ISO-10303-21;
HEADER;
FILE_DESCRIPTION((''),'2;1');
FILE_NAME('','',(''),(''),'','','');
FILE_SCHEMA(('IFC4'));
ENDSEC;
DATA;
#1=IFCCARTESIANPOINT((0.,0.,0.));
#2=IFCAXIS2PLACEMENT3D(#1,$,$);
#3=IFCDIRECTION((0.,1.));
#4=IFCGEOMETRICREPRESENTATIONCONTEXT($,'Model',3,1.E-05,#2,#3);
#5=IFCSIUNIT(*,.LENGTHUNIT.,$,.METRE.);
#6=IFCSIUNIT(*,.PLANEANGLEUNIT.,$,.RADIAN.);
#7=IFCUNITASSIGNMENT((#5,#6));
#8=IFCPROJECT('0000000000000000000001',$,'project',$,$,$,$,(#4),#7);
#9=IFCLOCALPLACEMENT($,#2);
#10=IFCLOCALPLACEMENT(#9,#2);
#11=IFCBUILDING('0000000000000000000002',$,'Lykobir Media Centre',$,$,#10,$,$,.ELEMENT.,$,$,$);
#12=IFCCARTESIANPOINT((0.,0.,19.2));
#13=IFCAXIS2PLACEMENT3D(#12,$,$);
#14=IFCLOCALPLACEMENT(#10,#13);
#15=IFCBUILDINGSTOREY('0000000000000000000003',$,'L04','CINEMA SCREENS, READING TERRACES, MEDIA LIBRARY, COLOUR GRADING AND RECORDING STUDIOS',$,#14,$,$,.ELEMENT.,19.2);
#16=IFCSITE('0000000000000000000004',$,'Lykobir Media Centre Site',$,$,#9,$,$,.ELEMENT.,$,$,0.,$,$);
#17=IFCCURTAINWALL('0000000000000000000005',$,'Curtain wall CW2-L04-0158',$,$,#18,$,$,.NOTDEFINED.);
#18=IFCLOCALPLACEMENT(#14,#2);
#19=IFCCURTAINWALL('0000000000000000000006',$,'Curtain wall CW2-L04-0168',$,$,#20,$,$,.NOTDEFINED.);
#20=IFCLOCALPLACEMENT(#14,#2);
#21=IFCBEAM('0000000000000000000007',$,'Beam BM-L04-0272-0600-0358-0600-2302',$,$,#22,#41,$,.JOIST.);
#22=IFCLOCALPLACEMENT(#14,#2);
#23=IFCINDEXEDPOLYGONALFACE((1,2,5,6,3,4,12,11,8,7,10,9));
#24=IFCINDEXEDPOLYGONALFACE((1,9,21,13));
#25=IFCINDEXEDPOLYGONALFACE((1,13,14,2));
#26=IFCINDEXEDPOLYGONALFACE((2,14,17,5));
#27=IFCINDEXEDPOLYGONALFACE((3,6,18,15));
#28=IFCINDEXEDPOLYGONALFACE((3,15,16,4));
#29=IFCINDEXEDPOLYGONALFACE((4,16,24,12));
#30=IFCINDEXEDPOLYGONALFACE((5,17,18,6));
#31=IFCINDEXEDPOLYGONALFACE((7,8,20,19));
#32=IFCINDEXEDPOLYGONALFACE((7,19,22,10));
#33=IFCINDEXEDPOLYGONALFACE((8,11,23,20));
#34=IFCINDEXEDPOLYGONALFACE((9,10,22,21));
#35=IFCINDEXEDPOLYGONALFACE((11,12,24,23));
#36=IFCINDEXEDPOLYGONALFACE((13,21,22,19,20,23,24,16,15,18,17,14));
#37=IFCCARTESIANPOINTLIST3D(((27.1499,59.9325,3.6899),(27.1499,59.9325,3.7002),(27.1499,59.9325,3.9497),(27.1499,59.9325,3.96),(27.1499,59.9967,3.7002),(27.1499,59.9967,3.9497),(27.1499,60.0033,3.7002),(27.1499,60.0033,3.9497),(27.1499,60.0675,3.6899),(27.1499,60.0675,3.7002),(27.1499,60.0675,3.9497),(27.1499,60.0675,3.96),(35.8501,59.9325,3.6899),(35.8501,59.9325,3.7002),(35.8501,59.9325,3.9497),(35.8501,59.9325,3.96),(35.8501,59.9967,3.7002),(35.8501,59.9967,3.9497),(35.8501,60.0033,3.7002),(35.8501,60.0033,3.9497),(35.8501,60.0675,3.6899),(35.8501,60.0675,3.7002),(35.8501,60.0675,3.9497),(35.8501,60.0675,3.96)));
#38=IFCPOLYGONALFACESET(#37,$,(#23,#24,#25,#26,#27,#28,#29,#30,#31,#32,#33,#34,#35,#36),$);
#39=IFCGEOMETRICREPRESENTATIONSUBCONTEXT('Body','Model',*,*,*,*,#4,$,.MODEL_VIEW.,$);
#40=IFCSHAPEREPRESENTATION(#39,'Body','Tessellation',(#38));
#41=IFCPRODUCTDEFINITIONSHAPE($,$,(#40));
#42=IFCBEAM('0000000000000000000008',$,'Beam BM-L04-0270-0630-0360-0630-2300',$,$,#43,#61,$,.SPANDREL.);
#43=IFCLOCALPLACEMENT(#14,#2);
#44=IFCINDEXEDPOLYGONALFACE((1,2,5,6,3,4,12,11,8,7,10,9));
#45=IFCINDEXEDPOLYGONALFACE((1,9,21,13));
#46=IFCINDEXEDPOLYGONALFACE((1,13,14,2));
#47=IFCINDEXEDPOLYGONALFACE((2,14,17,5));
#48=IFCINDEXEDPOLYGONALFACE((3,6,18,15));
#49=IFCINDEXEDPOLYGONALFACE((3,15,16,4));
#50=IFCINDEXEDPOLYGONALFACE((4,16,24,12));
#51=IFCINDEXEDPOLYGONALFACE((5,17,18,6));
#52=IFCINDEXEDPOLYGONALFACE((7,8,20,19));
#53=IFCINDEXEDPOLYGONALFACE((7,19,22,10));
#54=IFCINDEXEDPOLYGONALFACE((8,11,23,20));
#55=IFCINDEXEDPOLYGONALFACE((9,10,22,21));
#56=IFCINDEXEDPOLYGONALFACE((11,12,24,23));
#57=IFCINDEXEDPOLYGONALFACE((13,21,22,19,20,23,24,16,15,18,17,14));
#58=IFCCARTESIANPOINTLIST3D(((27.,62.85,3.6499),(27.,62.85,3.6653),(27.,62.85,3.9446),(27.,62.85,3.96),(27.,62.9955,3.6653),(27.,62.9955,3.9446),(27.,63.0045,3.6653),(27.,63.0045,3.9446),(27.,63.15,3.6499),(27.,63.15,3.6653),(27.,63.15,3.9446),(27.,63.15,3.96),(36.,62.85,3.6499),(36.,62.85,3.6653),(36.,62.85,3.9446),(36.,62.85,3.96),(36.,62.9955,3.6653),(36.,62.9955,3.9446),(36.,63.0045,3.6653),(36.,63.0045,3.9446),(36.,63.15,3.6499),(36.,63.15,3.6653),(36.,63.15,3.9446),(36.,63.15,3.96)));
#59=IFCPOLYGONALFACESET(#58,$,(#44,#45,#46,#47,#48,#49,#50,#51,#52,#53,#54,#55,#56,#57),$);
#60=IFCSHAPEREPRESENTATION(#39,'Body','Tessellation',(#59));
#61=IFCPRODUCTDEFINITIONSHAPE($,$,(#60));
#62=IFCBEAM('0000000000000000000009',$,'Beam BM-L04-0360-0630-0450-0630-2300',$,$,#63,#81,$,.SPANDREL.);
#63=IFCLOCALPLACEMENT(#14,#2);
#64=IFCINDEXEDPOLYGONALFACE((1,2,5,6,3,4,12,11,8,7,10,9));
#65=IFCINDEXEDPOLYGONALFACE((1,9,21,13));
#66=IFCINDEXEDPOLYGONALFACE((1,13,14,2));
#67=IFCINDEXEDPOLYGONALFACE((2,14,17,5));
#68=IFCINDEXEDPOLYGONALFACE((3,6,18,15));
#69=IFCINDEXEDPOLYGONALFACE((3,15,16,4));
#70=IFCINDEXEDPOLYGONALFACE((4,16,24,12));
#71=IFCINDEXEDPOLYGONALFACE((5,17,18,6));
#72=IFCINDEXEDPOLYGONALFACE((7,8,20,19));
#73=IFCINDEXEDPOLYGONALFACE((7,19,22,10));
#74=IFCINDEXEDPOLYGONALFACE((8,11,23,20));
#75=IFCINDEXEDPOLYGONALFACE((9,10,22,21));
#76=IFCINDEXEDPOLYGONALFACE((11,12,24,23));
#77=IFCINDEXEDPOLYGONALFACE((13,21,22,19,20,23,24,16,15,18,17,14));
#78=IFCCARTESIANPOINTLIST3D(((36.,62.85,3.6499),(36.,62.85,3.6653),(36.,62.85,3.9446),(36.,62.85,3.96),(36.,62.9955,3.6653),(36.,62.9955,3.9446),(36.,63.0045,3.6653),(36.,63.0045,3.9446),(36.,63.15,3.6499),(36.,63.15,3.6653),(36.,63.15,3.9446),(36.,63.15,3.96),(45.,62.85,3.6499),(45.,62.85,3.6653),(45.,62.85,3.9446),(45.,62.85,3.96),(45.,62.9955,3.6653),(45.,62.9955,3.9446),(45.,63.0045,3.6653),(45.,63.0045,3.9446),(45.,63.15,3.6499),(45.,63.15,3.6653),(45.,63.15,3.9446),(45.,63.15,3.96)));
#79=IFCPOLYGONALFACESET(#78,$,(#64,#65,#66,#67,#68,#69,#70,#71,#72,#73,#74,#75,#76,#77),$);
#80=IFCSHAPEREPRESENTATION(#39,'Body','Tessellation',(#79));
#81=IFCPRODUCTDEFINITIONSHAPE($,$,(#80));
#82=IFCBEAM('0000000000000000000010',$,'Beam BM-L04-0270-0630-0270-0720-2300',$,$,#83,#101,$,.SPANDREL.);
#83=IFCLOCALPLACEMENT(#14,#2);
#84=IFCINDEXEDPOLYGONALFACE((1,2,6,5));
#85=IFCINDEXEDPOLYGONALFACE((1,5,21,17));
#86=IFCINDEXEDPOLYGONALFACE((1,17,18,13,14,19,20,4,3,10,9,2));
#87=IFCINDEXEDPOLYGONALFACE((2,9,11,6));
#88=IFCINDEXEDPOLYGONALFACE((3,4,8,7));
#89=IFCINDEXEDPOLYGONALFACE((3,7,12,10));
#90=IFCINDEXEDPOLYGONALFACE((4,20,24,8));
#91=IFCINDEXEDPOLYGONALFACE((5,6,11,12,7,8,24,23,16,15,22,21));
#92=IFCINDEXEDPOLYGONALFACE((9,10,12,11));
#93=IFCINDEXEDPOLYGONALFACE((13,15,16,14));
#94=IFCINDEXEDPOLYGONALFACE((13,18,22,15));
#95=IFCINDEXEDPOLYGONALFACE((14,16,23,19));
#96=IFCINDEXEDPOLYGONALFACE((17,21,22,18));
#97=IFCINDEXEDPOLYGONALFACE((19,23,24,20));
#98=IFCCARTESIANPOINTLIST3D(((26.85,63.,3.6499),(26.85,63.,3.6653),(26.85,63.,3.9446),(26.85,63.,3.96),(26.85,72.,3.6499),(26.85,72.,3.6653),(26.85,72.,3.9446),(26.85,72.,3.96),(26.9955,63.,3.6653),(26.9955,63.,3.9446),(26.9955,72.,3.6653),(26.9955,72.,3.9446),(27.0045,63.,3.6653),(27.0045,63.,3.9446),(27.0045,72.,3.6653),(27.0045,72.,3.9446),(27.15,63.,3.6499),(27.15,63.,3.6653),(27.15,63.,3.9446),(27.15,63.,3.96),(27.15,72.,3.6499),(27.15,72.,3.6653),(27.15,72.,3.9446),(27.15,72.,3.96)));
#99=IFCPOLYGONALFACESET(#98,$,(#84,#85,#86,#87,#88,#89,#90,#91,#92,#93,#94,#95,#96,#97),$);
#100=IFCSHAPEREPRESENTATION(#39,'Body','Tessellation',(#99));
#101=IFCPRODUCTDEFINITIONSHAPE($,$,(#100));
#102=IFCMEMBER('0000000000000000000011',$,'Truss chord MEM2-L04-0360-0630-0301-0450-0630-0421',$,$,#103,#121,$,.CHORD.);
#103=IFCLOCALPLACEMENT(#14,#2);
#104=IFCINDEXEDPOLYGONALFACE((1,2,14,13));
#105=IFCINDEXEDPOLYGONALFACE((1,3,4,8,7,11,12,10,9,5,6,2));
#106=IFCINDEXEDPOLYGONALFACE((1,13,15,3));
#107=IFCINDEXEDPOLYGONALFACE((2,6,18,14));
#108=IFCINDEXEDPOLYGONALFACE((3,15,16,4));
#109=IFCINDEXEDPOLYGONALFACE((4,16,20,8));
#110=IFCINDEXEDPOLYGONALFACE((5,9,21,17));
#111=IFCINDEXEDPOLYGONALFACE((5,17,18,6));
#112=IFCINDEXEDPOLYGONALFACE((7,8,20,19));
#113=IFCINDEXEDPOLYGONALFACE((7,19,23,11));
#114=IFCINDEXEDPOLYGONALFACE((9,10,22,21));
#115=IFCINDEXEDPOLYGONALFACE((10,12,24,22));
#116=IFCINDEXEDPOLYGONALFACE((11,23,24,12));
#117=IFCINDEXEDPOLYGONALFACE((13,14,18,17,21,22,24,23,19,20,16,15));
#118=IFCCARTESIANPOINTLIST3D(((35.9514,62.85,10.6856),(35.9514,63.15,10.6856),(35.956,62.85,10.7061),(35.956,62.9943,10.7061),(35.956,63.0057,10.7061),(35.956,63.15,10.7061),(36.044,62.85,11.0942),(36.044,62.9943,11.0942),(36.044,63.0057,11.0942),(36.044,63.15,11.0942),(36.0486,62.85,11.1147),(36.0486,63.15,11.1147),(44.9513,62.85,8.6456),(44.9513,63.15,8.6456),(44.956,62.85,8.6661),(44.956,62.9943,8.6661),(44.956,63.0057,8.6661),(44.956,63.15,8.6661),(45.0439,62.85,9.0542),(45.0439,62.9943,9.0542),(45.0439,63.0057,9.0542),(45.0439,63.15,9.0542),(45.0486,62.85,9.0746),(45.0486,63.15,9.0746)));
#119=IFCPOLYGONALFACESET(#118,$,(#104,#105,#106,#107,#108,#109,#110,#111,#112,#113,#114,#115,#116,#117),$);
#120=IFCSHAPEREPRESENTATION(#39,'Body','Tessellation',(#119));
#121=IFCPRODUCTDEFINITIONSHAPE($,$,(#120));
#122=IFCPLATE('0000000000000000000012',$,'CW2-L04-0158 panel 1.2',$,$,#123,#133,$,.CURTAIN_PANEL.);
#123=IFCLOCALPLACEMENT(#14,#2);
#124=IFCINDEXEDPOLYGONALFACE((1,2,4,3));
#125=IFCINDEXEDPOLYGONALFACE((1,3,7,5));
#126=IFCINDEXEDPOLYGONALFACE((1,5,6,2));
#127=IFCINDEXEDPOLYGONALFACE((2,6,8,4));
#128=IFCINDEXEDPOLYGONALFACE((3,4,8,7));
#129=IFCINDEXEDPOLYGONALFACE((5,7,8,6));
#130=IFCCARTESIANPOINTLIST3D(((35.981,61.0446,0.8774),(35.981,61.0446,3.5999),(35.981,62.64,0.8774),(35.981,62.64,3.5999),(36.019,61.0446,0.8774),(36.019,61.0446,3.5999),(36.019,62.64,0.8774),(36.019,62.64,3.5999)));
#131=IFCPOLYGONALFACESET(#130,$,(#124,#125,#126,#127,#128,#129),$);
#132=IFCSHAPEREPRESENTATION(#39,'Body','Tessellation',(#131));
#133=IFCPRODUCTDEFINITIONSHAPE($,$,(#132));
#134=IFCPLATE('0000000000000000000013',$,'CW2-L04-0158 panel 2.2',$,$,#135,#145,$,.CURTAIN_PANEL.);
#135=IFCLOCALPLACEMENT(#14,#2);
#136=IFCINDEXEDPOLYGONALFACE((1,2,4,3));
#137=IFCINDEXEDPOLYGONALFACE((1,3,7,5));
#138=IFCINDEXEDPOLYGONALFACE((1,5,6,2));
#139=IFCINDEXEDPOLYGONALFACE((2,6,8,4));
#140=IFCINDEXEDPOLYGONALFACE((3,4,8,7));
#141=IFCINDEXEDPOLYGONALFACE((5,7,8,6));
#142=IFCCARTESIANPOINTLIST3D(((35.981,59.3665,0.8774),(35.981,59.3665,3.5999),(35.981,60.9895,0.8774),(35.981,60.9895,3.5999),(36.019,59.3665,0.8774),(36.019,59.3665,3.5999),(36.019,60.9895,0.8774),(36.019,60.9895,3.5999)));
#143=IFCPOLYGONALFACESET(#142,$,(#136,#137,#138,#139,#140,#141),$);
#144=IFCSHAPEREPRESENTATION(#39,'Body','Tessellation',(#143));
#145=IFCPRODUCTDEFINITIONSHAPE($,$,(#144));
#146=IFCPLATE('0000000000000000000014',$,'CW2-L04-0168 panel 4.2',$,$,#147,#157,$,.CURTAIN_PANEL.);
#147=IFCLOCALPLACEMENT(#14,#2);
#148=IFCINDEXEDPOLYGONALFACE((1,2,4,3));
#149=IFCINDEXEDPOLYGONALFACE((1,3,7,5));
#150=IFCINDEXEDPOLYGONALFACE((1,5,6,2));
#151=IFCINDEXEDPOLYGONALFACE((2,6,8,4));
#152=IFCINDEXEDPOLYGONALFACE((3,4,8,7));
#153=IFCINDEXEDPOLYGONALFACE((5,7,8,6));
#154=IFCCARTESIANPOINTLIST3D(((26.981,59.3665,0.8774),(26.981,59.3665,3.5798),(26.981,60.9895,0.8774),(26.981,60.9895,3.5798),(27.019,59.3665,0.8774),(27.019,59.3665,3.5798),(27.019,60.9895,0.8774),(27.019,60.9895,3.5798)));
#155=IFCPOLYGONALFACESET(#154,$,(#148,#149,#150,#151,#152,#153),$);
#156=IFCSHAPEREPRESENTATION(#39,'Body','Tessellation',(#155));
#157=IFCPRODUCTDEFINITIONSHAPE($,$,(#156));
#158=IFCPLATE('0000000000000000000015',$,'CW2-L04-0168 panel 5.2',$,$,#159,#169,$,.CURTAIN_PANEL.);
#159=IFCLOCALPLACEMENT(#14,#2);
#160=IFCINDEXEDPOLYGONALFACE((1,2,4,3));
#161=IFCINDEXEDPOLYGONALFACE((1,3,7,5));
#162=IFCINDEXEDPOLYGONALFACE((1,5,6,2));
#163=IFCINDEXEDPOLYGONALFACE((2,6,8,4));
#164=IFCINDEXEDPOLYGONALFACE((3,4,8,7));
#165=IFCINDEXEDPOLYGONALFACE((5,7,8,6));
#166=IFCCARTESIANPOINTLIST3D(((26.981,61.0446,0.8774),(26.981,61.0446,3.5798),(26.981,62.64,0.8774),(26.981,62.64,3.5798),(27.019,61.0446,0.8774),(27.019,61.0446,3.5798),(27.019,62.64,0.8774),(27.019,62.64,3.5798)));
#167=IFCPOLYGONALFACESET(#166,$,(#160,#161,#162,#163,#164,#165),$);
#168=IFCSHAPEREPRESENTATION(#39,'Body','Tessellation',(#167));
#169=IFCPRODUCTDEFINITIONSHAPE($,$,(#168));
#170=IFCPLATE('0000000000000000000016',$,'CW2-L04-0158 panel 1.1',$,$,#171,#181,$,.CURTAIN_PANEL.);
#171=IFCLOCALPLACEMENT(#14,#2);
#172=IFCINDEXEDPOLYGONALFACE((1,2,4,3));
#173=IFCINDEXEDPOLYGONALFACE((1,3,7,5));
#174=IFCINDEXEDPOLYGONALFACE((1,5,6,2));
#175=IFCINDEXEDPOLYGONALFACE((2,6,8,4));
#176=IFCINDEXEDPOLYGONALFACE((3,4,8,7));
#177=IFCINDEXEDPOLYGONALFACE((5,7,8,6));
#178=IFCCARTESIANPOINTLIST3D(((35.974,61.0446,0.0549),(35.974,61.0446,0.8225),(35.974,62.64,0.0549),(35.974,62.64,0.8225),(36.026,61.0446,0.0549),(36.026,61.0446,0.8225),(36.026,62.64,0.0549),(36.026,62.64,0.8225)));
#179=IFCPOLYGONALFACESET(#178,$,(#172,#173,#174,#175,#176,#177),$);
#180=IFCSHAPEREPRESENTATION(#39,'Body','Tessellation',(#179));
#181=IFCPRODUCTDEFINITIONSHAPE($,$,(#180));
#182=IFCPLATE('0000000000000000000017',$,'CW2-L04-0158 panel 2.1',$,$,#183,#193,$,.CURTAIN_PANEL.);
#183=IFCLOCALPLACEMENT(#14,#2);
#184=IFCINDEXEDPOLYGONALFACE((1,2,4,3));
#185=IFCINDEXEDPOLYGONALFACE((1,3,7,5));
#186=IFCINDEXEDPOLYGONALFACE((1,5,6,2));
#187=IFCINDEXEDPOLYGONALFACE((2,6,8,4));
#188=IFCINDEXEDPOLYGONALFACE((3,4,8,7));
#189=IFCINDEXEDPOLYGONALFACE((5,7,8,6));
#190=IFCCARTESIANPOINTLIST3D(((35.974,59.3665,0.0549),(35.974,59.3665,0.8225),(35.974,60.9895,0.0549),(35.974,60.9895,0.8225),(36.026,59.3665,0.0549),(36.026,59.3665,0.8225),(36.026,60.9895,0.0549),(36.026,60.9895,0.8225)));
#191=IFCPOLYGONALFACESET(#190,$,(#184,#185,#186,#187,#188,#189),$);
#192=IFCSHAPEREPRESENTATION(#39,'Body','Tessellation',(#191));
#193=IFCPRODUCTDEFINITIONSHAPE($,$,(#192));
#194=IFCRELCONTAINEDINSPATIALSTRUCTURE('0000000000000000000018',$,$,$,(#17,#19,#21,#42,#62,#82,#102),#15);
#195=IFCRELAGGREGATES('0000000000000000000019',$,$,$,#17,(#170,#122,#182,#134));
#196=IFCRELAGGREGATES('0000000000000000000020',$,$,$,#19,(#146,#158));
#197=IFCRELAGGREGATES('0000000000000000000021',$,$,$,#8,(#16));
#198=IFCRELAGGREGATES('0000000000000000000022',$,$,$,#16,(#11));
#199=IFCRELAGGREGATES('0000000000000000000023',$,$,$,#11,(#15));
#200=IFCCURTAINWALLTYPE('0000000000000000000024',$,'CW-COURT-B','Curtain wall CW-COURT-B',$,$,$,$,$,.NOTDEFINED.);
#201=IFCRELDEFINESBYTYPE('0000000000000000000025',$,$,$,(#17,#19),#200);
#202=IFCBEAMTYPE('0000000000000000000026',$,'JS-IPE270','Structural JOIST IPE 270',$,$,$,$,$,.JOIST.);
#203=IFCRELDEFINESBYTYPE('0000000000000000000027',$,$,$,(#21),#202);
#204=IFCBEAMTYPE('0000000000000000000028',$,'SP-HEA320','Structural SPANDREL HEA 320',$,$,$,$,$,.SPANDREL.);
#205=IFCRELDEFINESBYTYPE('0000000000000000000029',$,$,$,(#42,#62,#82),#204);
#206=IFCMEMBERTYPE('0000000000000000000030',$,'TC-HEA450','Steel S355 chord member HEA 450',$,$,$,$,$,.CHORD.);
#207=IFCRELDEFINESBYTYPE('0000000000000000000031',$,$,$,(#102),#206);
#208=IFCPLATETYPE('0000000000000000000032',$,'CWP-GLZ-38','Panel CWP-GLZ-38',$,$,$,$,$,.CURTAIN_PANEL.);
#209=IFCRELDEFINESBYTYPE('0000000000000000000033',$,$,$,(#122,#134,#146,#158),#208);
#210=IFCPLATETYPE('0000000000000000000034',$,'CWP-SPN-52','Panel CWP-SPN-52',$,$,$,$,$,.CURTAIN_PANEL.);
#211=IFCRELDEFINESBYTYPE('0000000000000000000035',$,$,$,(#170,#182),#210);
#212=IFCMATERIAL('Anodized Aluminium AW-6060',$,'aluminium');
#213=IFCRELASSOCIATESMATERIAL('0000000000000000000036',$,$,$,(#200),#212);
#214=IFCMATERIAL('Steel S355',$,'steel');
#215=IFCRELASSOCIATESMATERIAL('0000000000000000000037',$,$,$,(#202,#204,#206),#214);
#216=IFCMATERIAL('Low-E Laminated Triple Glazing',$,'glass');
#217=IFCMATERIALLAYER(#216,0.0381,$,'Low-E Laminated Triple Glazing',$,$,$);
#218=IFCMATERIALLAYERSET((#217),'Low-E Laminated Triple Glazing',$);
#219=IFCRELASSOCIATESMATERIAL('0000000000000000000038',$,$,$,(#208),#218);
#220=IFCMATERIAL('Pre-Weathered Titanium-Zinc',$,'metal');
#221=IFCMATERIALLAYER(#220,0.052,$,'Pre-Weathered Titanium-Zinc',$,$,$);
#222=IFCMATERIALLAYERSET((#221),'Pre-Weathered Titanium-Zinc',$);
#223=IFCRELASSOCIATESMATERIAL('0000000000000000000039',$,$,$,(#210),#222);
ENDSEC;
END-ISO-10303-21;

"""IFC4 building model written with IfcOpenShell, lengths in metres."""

from ifc_helpers import new_model, si_unit, direction, frame, origin, origin_2d, place, context, subcontext, project, spatial, rectangle, i_section, extrude, material, layer, layer_set, material_profile, profile_set, type_object, element, aggregate, save


model = new_model("IFC4")

# Units and contexts
model_context = context("Model", 3, precision=1e-05, world=origin(), true_north=direction((0.0, 1.0)))
body_context = subcontext(model_context, "Body", "Model", "MODEL_VIEW")
ifc_project = project(units=[si_unit("LENGTHUNIT", "METRE"), si_unit("PLANEANGLEUNIT", "RADIAN")], contexts=[model_context])

# Site, building, storey
site_placement = place(None, origin())
site = spatial("IfcSite", under=ifc_project, at=site_placement, Name="Lykobir Media Centre Site", CompositionType="ELEMENT", RefElevation=0.0)
building_placement = place(site_placement, origin())
building = spatial("IfcBuilding", under=site, at=building_placement, Name="Lykobir Media Centre", CompositionType="ELEMENT")
storey_placement = place(building_placement, frame((0.0, 0.0, 19.2)))
storey = spatial("IfcBuildingStorey", under=building, at=storey_placement, Name="L04", Description="CINEMA SCREENS, READING TERRACES, MEDIA LIBRARY, COLOUR GRADING AND RECORDING STUDIOS", CompositionType="ELEMENT", Elevation=19.2)

# Shared definitions
ifc_material_1 = material(Name="Steel S355", Category="steel")

# Curtain walls
ifc_material_2 = material(Name="Anodized Aluminium AW-6060", Category="aluminium")
curtain_wall_type = type_object("IfcCurtainWallType", Name="CW-COURT-B", Description="Curtain wall CW-COURT-B", PredefinedType="NOTDEFINED", material=ifc_material_2)
curtain_wall_1_placement = place(storey_placement, origin())
curtain_wall_1 = element("IfcCurtainWall", 1, at=curtain_wall_1_placement, inside=storey, type_object=curtain_wall_type, Name="Curtain wall CW2-L04-0158", PredefinedType="NOTDEFINED")
curtain_wall_2_placement = place(storey_placement, origin())
curtain_wall_2 = element("IfcCurtainWall", 2, at=curtain_wall_2_placement, inside=storey, type_object=curtain_wall_type, Name="Curtain wall CW2-L04-0168", PredefinedType="NOTDEFINED")

# Beams
ifc_material_profile_1 = material_profile(ifc_material_1, i_section(OverallWidth=0.135, OverallDepth=0.27, WebThickness=0.0066, FlangeThickness=0.0103, at=origin_2d()), Name="IPE 270")
ifc_profile_set_1 = profile_set([ifc_material_profile_1], Name="Steel S355")
beam_type_1 = type_object("IfcBeamType", Name="JS-IPE270", Description="Structural JOIST IPE 270", PredefinedType="JOIST", material=ifc_profile_set_1)
beam_1_placement = place(storey_placement, frame((27.1499, 60.0, 3.825), z_axis=(1.0, 0.0, 0.0), x_axis=(0.0, 1.0, 0.0)))
element("IfcBeam", 3, at=beam_1_placement, inside=storey, type_object=beam_type_1, Name="Beam BM-L04-0272-0600-0358-0600-2302", PredefinedType="JOIST", context=body_context, shape_type="SweptSolid", body=[
    extrude(i_section(OverallWidth=0.135, OverallDepth=0.27, WebThickness=0.0066, FlangeThickness=0.0103, at=origin_2d()), origin(), (0.0, 0.0, 1.0), 8.7002),
])
ifc_material_profile_2 = material_profile(ifc_material_1, i_section(OverallWidth=0.3, OverallDepth=0.3101, WebThickness=0.009, FlangeThickness=0.0154, at=origin_2d()), Name="HEA 320")
ifc_profile_set_2 = profile_set([ifc_material_profile_2], Name="Steel S355")
beam_type_2 = type_object("IfcBeamType", Name="SP-HEA320", Description="Structural SPANDREL HEA 320", PredefinedType="SPANDREL", material=ifc_profile_set_2)
for number, where, z_axis, x_axis, name in (
    (4, (27.0, 63.0, 3.8049), (1.0, 0.0, 0.0), (0.0, 1.0, 0.0), "Beam BM-L04-0270-0630-0360-0630-2300"),
    (5, (36.0, 63.0, 3.8049), (1.0, 0.0, 0.0), (0.0, 1.0, 0.0), "Beam BM-L04-0360-0630-0450-0630-2300"),
    (6, (27.0, 63.0, 3.8049), (0.0, 1.0, 0.0), (-1.0, 0.0, 0.0), "Beam BM-L04-0270-0630-0270-0720-2300"),
):
    element("IfcBeam", number, at=place(storey_placement, frame(where, z_axis=z_axis, x_axis=x_axis)), inside=storey, type_object=beam_type_2, Name=name, PredefinedType="SPANDREL", context=body_context, shape_type="SweptSolid", body=[
        extrude(i_section(OverallWidth=0.3, OverallDepth=0.3101, WebThickness=0.009, FlangeThickness=0.0154, at=origin_2d()), origin(), (0.0, 0.0, 1.0), 9.0),
    ])

# Member
ifc_material_profile_3 = material_profile(ifc_material_1, i_section(OverallWidth=0.3, OverallDepth=0.4399, WebThickness=0.0115, FlangeThickness=0.021, at=origin_2d()), Name="HEA 450")
ifc_profile_set_3 = profile_set([ifc_material_profile_3], Name="Steel S355")
member_type_1 = type_object("IfcMemberType", Name="TC-HEA450", Description="Steel S355 chord member HEA 450", PredefinedType="CHORD", material=ifc_profile_set_3)
member_1_placement = place(storey_placement, frame((36.0, 63.0, 10.9001), z_axis=(0.97526, 0.0, -0.221063), x_axis=(0.0, 1.0, 0.0)))
element("IfcMember", 7, at=member_1_placement, inside=storey, type_object=member_type_1, Name="Truss chord MEM2-L04-0360-0630-0301-0450-0630-0421", PredefinedType="CHORD", context=body_context, shape_type="SweptSolid", body=[
    extrude(i_section(OverallWidth=0.3, OverallDepth=0.4399, WebThickness=0.0115, FlangeThickness=0.021, at=origin_2d()), origin(), (0.0, 0.0, 1.0), 9.2283),
])

# Plates
ifc_material_3 = material(Name="Low-E Laminated Triple Glazing", Category="glass")
ifc_layer_1 = layer(ifc_material_3, 0.0381, Name="Low-E Laminated Triple Glazing")
ifc_layer_set_1 = layer_set([ifc_layer_1], Name="Low-E Laminated Triple Glazing")
plate_type_1 = type_object("IfcPlateType", Name="CWP-GLZ-38", Description="Panel CWP-GLZ-38", PredefinedType="CURTAIN_PANEL", material=ifc_layer_set_1)
plate_1_placement = place(storey_placement, frame((36.0, 61.8423, 0.8774), z_axis=(0.0, 0.0, 1.0), x_axis=(0.0, -1.0, 0.0)))
plate_1 = element("IfcPlate", 8, at=plate_1_placement, type_object=plate_type_1, Name="CW2-L04-0158 panel 1.2", PredefinedType="CURTAIN_PANEL", context=body_context, shape_type="SweptSolid", body=[
    extrude(rectangle(XDim=1.5955, YDim=0.0381, at=origin_2d()), origin(), (0.0, 0.0, 1.0), 2.7224),
])
plate_2_placement = place(storey_placement, frame((36.0, 60.178, 0.8774), z_axis=(0.0, 0.0, 1.0), x_axis=(0.0, -1.0, 0.0)))
plate_2 = element("IfcPlate", 9, at=plate_2_placement, type_object=plate_type_1, Name="CW2-L04-0158 panel 2.2", PredefinedType="CURTAIN_PANEL", context=body_context, shape_type="SweptSolid", body=[
    extrude(rectangle(XDim=1.623, YDim=0.0381, at=origin_2d()), origin(), (0.0, 0.0, 1.0), 2.7224),
])
plate_3_placement = place(storey_placement, frame((27.0, 60.178, 0.8774), z_axis=(0.0, 0.0, 1.0), x_axis=(0.0, 1.0, 0.0)))
plate_3 = element("IfcPlate", 10, at=plate_3_placement, type_object=plate_type_1, Name="CW2-L04-0168 panel 4.2", PredefinedType="CURTAIN_PANEL", context=body_context, shape_type="SweptSolid", body=[
    extrude(rectangle(XDim=1.623, YDim=0.0381, at=origin_2d()), origin(), (0.0, 0.0, 1.0), 2.7024),
])
plate_4_placement = place(storey_placement, frame((27.0, 61.8423, 0.8774), z_axis=(0.0, 0.0, 1.0), x_axis=(0.0, 1.0, 0.0)))
plate_4 = element("IfcPlate", 11, at=plate_4_placement, type_object=plate_type_1, Name="CW2-L04-0168 panel 5.2", PredefinedType="CURTAIN_PANEL", context=body_context, shape_type="SweptSolid", body=[
    extrude(rectangle(XDim=1.5955, YDim=0.0381, at=origin_2d()), origin(), (0.0, 0.0, 1.0), 2.7024),
])
ifc_material_4 = material(Name="Pre-Weathered Titanium-Zinc", Category="metal")
ifc_layer_2 = layer(ifc_material_4, 0.052, Name="Pre-Weathered Titanium-Zinc")
ifc_layer_set_2 = layer_set([ifc_layer_2], Name="Pre-Weathered Titanium-Zinc")
plate_type_2 = type_object("IfcPlateType", Name="CWP-SPN-52", Description="Panel CWP-SPN-52", PredefinedType="CURTAIN_PANEL", material=ifc_layer_set_2)
plate_5_placement = place(storey_placement, frame((36.0, 61.8423, 0.0549), z_axis=(0.0, 0.0, 1.0), x_axis=(0.0, -1.0, 0.0)))
plate_5 = element("IfcPlate", 12, at=plate_5_placement, type_object=plate_type_2, Name="CW2-L04-0158 panel 1.1", PredefinedType="CURTAIN_PANEL", context=body_context, shape_type="SweptSolid", body=[
    extrude(rectangle(XDim=1.5955, YDim=0.052, at=origin_2d()), origin(), (0.0, 0.0, 1.0), 0.7676),
])
plate_6_placement = place(storey_placement, frame((36.0, 60.178, 0.0549), z_axis=(0.0, 0.0, 1.0), x_axis=(0.0, -1.0, 0.0)))
plate_6 = element("IfcPlate", 13, at=plate_6_placement, type_object=plate_type_2, Name="CW2-L04-0158 panel 2.1", PredefinedType="CURTAIN_PANEL", context=body_context, shape_type="SweptSolid", body=[
    extrude(rectangle(XDim=1.623, YDim=0.052, at=origin_2d()), origin(), (0.0, 0.0, 1.0), 0.7676),
])
aggregate(curtain_wall_1, [plate_5, plate_1, plate_6, plate_2])
aggregate(curtain_wall_2, [plate_3, plate_4])

save(model, "model.ifc")
